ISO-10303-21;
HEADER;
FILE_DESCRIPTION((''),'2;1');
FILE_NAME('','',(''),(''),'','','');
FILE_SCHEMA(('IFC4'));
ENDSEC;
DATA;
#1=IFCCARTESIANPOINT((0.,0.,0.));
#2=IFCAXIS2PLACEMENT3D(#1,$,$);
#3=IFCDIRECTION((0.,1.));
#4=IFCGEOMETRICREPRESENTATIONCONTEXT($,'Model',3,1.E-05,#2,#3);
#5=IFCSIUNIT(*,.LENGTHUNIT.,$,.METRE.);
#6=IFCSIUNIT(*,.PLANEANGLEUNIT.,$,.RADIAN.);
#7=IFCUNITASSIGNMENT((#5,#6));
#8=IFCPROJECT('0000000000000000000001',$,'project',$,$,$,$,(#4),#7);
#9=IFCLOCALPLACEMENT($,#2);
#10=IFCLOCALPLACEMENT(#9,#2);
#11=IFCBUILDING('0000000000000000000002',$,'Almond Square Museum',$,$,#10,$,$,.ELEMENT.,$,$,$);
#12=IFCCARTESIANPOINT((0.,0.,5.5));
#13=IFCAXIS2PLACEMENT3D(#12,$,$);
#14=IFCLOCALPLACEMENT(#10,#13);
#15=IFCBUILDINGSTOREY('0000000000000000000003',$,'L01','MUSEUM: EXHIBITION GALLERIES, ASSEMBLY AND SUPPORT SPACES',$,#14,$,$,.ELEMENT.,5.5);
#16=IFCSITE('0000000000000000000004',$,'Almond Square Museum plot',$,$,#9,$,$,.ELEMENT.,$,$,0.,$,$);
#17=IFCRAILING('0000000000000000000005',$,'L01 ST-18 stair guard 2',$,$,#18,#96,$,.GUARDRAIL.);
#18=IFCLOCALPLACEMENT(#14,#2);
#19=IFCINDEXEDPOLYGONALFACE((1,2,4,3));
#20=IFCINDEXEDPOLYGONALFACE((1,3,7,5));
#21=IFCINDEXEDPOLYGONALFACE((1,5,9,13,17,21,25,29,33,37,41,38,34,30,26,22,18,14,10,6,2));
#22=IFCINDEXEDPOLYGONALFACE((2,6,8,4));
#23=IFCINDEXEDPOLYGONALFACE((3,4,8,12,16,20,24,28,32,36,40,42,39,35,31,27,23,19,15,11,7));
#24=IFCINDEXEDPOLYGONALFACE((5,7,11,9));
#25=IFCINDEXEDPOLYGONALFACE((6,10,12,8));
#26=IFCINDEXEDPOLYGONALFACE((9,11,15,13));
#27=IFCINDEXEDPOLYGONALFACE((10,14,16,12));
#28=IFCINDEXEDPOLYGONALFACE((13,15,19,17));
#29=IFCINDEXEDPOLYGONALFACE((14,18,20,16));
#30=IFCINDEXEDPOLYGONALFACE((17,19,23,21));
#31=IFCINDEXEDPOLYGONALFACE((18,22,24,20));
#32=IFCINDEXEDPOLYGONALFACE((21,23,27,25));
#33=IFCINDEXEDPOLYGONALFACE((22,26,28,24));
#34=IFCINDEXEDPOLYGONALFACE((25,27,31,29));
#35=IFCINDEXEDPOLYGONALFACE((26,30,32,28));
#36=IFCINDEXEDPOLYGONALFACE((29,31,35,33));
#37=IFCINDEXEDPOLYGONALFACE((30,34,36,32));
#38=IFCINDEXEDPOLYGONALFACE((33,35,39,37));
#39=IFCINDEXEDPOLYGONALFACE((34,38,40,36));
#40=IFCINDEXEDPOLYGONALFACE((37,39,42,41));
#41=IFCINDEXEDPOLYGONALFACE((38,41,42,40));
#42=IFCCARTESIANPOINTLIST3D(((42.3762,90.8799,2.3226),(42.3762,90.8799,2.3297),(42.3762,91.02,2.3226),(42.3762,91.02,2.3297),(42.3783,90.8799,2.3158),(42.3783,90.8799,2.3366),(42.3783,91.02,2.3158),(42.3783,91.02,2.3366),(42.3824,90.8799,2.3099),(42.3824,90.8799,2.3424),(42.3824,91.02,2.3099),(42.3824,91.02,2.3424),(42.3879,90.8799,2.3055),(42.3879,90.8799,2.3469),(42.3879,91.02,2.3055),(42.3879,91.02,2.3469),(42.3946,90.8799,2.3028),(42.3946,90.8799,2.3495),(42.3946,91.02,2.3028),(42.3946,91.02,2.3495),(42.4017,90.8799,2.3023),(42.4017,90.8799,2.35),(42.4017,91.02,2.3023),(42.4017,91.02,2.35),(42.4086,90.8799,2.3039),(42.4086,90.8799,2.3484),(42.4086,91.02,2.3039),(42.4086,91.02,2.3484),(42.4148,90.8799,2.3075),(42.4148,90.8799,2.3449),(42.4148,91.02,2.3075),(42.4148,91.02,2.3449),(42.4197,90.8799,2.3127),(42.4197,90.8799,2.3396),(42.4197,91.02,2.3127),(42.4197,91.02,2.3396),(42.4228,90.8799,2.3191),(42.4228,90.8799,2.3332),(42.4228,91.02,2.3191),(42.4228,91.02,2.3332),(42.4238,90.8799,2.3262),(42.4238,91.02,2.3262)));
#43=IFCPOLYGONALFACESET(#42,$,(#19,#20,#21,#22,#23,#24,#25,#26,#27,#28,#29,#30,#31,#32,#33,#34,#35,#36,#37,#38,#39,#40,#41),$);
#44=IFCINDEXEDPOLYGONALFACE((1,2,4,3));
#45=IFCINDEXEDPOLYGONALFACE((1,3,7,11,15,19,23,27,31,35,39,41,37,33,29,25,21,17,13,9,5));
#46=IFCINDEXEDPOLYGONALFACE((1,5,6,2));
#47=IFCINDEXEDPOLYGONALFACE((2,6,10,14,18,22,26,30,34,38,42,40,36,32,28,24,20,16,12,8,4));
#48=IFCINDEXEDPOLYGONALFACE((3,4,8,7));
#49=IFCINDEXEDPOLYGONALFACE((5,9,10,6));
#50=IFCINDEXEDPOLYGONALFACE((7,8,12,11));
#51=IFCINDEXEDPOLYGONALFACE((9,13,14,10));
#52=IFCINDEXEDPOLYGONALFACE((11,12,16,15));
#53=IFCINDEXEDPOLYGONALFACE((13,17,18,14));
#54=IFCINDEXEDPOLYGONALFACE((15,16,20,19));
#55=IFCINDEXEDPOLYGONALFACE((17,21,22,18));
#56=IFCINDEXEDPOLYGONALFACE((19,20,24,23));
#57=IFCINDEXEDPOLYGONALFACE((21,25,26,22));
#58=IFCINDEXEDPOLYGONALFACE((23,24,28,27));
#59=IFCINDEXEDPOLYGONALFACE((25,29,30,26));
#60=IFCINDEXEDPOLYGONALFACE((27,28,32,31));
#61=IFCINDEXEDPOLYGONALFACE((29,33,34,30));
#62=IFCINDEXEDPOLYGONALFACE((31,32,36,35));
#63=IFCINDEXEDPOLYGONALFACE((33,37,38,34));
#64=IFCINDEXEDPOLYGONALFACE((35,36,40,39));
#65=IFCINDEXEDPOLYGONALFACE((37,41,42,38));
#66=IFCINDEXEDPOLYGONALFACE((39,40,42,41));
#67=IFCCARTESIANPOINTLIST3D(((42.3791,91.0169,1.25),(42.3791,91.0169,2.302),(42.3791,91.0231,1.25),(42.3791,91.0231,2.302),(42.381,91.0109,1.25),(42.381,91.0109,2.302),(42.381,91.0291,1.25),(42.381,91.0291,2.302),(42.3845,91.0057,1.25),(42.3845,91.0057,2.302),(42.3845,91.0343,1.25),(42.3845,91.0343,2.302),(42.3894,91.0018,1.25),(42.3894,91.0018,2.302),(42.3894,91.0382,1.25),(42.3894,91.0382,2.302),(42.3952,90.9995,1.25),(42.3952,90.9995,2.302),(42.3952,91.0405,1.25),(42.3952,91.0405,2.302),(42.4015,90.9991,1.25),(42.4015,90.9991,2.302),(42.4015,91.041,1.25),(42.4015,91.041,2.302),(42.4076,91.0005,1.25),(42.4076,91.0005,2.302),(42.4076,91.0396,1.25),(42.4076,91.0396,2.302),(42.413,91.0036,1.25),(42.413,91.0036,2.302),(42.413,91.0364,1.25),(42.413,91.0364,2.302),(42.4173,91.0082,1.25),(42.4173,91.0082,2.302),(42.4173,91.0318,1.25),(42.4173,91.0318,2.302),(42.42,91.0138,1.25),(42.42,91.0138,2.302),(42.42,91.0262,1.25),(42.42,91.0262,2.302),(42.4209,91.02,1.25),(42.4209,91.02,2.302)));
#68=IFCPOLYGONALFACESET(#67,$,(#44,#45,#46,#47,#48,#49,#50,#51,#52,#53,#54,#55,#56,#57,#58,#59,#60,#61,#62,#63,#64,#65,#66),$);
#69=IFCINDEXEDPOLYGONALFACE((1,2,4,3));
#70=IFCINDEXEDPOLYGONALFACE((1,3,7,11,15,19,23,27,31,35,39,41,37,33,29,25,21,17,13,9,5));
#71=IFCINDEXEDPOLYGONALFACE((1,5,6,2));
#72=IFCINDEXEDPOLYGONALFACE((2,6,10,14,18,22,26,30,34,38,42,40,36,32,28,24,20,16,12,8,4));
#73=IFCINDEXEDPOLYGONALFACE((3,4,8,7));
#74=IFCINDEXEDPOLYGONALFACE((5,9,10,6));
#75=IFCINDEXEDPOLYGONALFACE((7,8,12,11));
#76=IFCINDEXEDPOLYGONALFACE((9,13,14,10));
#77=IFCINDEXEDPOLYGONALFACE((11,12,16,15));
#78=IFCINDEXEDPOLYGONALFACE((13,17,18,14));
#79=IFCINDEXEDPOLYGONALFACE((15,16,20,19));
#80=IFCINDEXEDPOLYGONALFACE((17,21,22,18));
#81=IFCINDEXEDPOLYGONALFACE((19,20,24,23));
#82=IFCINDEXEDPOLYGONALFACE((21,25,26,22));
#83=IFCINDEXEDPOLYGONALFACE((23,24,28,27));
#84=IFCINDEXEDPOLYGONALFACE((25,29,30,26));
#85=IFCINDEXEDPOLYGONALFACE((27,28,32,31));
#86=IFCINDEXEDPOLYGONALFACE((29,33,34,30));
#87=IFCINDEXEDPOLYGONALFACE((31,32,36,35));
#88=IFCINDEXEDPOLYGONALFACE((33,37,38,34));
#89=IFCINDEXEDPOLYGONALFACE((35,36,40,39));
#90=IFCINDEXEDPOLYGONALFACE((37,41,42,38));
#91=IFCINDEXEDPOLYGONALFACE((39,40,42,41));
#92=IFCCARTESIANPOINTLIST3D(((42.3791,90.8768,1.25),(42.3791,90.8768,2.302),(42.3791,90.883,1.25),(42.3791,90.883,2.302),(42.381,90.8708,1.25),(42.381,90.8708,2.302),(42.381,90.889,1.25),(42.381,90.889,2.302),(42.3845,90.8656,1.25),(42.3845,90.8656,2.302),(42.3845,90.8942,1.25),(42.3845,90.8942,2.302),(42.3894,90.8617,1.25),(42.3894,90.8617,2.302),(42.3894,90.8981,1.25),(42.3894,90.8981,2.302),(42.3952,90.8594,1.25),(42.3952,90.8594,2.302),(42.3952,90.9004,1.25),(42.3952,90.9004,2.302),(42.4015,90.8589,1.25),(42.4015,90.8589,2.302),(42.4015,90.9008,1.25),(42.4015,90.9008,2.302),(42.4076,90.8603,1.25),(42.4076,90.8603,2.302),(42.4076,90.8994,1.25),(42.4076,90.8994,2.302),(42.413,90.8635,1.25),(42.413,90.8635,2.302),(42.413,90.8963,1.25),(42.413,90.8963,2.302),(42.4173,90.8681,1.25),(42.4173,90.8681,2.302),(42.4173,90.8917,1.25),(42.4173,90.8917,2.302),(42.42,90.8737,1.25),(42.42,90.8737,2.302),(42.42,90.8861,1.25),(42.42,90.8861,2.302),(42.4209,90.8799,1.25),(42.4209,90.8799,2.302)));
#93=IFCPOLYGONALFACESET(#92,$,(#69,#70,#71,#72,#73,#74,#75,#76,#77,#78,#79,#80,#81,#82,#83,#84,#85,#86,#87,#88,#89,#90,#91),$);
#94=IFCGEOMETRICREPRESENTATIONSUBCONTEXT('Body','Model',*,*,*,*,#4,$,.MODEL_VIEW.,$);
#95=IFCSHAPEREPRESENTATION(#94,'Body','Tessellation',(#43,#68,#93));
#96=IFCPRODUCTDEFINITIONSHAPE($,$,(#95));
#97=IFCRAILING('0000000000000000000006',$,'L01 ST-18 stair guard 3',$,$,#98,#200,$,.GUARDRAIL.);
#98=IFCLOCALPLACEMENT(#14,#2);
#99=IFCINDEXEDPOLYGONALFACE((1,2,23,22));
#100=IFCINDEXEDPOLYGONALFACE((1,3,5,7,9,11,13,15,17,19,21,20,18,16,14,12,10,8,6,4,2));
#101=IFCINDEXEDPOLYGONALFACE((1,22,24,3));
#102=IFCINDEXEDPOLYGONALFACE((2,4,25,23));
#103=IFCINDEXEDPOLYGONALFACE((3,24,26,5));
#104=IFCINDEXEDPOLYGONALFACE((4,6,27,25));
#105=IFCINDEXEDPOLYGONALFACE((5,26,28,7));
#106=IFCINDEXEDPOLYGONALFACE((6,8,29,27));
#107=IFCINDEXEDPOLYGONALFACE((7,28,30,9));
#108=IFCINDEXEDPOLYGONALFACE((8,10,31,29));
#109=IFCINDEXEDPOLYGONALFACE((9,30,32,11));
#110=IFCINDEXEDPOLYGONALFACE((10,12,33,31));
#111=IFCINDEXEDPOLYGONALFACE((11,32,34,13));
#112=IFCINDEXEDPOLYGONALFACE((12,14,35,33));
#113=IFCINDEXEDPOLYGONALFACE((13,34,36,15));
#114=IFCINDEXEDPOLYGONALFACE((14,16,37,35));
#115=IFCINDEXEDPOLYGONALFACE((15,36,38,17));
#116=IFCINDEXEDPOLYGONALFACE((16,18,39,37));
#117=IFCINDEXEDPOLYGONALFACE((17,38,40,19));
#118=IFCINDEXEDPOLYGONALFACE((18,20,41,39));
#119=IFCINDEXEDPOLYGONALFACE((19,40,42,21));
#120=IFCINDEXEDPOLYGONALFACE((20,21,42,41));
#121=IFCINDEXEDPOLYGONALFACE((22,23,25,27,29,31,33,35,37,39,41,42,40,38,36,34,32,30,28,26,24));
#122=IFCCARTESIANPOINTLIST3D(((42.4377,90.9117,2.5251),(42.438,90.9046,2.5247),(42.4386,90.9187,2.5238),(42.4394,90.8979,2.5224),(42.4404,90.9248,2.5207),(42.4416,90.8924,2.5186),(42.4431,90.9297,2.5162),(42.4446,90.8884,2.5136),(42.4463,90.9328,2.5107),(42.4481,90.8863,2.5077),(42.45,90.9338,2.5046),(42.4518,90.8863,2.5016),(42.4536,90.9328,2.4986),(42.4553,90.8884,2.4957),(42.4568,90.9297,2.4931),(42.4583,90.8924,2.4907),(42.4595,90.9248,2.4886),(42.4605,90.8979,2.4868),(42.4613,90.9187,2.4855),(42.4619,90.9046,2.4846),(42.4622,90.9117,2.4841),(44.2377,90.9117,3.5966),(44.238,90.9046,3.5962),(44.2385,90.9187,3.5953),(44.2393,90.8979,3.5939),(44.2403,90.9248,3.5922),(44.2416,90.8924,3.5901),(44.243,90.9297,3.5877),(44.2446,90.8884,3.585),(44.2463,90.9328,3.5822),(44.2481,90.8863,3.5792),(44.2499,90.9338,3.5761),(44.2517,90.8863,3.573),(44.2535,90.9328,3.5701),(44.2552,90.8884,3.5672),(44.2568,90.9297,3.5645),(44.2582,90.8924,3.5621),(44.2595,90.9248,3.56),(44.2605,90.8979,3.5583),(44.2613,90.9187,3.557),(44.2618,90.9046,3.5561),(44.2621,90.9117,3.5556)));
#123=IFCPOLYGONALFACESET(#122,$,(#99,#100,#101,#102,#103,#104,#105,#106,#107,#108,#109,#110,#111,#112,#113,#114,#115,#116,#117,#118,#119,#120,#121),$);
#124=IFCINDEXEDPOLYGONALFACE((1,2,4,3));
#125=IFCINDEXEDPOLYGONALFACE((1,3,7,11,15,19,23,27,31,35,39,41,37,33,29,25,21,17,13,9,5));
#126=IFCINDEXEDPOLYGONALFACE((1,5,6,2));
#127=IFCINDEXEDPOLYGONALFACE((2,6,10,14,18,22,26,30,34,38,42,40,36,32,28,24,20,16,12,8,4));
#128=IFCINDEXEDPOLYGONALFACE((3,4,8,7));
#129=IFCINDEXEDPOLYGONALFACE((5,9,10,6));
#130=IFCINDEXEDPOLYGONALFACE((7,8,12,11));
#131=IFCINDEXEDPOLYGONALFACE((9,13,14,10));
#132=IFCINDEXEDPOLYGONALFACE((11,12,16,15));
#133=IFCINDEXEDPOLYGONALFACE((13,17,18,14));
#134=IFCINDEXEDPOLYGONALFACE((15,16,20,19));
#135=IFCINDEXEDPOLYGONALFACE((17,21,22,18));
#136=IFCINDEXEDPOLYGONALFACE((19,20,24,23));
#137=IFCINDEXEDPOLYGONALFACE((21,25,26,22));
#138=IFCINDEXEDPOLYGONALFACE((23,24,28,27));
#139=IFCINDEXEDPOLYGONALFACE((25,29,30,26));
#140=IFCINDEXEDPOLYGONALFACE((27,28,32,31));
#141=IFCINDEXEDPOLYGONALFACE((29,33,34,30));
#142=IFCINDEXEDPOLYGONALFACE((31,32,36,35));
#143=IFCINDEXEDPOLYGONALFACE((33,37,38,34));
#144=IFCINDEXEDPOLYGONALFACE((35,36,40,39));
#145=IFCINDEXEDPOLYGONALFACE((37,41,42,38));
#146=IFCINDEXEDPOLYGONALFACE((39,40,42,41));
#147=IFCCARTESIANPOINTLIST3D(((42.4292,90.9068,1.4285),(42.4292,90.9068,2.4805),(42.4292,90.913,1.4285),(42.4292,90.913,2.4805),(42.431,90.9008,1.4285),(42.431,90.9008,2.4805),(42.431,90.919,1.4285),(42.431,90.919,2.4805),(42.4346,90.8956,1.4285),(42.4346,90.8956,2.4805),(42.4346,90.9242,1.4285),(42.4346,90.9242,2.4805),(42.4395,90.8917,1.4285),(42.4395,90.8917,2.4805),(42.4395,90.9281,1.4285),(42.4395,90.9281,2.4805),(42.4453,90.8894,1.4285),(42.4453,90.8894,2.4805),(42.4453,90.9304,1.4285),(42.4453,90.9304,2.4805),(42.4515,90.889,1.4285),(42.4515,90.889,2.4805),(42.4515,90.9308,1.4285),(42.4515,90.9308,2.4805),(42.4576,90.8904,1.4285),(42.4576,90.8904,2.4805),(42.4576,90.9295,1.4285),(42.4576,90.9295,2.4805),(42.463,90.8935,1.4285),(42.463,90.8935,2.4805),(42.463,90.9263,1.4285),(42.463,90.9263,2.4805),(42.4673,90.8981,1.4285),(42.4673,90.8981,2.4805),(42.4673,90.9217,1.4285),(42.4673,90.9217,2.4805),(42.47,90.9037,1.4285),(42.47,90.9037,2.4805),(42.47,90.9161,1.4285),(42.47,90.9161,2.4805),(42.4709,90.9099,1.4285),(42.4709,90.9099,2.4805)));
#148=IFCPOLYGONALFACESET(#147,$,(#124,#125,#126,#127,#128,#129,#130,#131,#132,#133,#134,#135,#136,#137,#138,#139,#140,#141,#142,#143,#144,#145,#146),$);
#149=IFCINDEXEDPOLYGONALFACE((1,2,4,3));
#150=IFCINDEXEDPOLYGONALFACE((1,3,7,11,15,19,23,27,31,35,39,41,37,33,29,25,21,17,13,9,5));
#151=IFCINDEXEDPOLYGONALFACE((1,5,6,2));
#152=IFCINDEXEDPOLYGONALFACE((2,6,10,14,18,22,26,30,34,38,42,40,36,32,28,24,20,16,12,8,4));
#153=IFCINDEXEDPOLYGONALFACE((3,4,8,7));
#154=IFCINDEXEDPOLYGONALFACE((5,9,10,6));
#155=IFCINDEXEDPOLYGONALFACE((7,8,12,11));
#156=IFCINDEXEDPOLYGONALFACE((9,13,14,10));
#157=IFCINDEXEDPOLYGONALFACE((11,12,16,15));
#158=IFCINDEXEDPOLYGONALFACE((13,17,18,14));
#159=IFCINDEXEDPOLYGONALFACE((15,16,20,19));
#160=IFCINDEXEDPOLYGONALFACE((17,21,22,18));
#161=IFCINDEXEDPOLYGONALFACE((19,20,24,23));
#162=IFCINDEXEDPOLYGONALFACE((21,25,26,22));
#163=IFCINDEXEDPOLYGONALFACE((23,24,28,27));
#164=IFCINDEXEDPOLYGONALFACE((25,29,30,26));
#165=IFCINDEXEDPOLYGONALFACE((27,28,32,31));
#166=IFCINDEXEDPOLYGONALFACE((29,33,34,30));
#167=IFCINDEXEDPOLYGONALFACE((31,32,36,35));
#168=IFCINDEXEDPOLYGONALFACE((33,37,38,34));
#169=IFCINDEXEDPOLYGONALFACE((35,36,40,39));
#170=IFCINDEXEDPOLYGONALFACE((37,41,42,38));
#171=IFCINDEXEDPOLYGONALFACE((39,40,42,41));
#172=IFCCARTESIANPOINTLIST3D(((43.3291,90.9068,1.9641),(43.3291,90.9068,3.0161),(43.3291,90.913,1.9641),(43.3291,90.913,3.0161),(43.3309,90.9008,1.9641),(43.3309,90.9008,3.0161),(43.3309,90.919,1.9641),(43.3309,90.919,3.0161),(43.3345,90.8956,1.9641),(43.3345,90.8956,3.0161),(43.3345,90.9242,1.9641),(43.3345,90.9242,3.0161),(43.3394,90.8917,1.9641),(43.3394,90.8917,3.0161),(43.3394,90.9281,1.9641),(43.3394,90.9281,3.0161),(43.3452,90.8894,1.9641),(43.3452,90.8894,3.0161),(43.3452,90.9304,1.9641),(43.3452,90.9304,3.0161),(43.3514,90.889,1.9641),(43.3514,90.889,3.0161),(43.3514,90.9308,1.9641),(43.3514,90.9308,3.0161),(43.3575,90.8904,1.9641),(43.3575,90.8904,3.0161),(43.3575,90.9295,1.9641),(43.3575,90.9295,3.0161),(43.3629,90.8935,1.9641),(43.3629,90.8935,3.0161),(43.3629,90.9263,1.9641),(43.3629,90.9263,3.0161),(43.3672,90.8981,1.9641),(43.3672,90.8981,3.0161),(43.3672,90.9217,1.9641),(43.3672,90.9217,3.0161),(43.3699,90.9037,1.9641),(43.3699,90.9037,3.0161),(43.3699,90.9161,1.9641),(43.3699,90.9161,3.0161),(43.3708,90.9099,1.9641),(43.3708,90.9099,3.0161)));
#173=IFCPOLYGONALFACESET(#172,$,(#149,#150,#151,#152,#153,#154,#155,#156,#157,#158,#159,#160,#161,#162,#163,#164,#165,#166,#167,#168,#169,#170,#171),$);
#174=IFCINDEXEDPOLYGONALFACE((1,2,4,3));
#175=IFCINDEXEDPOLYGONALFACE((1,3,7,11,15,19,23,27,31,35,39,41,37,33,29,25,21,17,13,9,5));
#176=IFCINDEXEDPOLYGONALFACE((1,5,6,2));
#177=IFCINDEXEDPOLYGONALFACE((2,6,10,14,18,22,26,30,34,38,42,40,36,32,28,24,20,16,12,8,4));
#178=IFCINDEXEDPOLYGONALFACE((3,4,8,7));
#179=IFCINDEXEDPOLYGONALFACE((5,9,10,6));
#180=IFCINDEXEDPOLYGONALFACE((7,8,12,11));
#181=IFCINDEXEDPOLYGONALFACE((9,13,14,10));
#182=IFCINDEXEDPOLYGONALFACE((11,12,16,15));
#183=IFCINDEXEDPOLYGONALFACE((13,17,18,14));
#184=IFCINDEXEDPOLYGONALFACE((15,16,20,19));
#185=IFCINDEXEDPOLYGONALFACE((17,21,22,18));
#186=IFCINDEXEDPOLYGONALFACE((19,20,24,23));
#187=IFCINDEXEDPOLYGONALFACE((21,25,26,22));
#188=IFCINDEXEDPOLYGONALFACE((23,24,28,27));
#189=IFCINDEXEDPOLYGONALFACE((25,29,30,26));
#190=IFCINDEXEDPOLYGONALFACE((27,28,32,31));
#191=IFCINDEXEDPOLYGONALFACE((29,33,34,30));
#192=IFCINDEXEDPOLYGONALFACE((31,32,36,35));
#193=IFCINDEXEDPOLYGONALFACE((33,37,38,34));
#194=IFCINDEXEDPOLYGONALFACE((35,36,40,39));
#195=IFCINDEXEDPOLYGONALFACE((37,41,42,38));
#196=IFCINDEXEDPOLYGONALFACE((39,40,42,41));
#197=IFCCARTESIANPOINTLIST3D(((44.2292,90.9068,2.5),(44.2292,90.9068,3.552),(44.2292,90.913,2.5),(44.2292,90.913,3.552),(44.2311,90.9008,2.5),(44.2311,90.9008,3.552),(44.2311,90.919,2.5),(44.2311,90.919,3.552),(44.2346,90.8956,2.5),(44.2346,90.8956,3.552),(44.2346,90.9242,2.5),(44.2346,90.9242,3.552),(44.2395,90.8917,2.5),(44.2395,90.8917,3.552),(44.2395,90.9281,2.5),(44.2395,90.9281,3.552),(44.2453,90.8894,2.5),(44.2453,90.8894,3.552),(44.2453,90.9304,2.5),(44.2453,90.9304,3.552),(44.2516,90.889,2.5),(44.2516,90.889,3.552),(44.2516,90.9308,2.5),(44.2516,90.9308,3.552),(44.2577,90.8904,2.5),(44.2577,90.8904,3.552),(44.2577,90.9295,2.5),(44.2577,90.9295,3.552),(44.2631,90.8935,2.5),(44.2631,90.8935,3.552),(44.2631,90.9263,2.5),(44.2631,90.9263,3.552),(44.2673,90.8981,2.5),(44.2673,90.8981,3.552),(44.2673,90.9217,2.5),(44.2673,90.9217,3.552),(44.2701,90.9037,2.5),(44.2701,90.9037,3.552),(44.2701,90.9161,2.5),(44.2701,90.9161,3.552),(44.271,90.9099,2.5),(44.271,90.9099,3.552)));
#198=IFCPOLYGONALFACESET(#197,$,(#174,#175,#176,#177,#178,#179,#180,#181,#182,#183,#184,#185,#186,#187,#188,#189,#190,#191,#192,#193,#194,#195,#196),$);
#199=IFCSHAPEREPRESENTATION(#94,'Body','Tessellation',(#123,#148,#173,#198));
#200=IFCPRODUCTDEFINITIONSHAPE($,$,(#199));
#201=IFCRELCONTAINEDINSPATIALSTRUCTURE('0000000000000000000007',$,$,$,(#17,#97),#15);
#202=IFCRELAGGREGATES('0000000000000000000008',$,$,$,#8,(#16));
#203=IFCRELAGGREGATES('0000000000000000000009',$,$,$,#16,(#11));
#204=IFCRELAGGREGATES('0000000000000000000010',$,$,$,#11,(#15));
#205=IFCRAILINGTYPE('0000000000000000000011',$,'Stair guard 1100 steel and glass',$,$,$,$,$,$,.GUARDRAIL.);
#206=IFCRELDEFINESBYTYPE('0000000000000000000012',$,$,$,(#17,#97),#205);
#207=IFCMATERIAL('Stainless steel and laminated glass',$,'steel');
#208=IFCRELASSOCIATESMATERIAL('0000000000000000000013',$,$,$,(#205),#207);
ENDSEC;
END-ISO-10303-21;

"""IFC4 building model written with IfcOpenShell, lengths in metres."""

from ifc_helpers import new_model, si_unit, direction, frame, origin, origin_2d, place, context, subcontext, project, spatial, circle, extrude, material, type_object, element, save


model = new_model("IFC4")

# Units and contexts
model_context = context("Model", 3, precision=1e-05, world=origin(), true_north=direction((0.0, 1.0)))
body_context = subcontext(model_context, "Body", "Model", "MODEL_VIEW")
ifc_project = project(units=[si_unit("LENGTHUNIT", "METRE"), si_unit("PLANEANGLEUNIT", "RADIAN")], contexts=[model_context])

# Site, building, storey
site_placement = place(None, origin())
site = spatial("IfcSite", under=ifc_project, at=site_placement, Name="Almond Square Museum plot", CompositionType="ELEMENT", RefElevation=0.0)
building_placement = place(site_placement, origin())
building = spatial("IfcBuilding", under=site, at=building_placement, Name="Almond Square Museum", CompositionType="ELEMENT")
storey_placement = place(building_placement, frame((0.0, 0.0, 5.5)))
storey = spatial("IfcBuildingStorey", under=building, at=storey_placement, Name="L01", Description="MUSEUM: EXHIBITION GALLERIES, ASSEMBLY AND SUPPORT SPACES", CompositionType="ELEMENT", Elevation=5.5)

# Railings
ifc_material_1 = material(Name="Stainless steel and laminated glass", Category="steel")
railing_type_1 = type_object("IfcRailingType", Name="Stair guard 1100 steel and glass", PredefinedType="GUARDRAIL", material=ifc_material_1)
railing_1_placement = place(storey_placement, frame((42.3999, 91.02, 1.25)))
element("IfcRailing", 1, at=railing_1_placement, inside=storey, type_object=railing_type_1, Name="L01 ST-18 stair guard 2", PredefinedType="GUARDRAIL", context=body_context, shape_type="SweptSolid", body=[
    extrude(circle(Radius=0.0239, at=origin_2d()), frame((0.0, 0.0, 1.0762), z_axis=(0.0, -1.0, 0.0), x_axis=(1.0, 0.0, 0.0)), (0.0, 0.0, 1.0), 0.1401),
    extrude(circle(Radius=0.021, at=origin_2d()), origin(), (0.0, 0.0, 1.0), 1.052),
    extrude(circle(Radius=0.021, at=origin_2d()), frame((0.0, -0.1401, 0.0)), (0.0, 0.0, 1.0), 1.052),
])
railing_2_placement = place(storey_placement, frame((42.45, 90.9099, 1.4285)))
element("IfcRailing", 2, at=railing_2_placement, inside=storey, type_object=railing_type_1, Name="L01 ST-18 stair guard 3", PredefinedType="GUARDRAIL", context=body_context, shape_type="SweptSolid", body=[
    extrude(circle(Radius=0.0239, at=origin_2d()), frame((0.0, 0.0, 1.0762), z_axis=(0.859277, 0.0, 0.51151), x_axis=(0.0, 1.0, 0.0)), (0.0, 0.0, 1.0), 2.0947),
    extrude(circle(Radius=0.021, at=origin_2d()), origin(), (0.0, 0.0, 1.0), 1.052),
    extrude(circle(Radius=0.021, at=origin_2d()), frame((0.8999, 0.0, 0.5356)), (0.0, 0.0, 1.0), 1.052),
    extrude(circle(Radius=0.021, at=origin_2d()), frame((1.8, 0.0, 1.0715)), (0.0, 0.0, 1.0), 1.052),
])

save(model, "model.ifc")
